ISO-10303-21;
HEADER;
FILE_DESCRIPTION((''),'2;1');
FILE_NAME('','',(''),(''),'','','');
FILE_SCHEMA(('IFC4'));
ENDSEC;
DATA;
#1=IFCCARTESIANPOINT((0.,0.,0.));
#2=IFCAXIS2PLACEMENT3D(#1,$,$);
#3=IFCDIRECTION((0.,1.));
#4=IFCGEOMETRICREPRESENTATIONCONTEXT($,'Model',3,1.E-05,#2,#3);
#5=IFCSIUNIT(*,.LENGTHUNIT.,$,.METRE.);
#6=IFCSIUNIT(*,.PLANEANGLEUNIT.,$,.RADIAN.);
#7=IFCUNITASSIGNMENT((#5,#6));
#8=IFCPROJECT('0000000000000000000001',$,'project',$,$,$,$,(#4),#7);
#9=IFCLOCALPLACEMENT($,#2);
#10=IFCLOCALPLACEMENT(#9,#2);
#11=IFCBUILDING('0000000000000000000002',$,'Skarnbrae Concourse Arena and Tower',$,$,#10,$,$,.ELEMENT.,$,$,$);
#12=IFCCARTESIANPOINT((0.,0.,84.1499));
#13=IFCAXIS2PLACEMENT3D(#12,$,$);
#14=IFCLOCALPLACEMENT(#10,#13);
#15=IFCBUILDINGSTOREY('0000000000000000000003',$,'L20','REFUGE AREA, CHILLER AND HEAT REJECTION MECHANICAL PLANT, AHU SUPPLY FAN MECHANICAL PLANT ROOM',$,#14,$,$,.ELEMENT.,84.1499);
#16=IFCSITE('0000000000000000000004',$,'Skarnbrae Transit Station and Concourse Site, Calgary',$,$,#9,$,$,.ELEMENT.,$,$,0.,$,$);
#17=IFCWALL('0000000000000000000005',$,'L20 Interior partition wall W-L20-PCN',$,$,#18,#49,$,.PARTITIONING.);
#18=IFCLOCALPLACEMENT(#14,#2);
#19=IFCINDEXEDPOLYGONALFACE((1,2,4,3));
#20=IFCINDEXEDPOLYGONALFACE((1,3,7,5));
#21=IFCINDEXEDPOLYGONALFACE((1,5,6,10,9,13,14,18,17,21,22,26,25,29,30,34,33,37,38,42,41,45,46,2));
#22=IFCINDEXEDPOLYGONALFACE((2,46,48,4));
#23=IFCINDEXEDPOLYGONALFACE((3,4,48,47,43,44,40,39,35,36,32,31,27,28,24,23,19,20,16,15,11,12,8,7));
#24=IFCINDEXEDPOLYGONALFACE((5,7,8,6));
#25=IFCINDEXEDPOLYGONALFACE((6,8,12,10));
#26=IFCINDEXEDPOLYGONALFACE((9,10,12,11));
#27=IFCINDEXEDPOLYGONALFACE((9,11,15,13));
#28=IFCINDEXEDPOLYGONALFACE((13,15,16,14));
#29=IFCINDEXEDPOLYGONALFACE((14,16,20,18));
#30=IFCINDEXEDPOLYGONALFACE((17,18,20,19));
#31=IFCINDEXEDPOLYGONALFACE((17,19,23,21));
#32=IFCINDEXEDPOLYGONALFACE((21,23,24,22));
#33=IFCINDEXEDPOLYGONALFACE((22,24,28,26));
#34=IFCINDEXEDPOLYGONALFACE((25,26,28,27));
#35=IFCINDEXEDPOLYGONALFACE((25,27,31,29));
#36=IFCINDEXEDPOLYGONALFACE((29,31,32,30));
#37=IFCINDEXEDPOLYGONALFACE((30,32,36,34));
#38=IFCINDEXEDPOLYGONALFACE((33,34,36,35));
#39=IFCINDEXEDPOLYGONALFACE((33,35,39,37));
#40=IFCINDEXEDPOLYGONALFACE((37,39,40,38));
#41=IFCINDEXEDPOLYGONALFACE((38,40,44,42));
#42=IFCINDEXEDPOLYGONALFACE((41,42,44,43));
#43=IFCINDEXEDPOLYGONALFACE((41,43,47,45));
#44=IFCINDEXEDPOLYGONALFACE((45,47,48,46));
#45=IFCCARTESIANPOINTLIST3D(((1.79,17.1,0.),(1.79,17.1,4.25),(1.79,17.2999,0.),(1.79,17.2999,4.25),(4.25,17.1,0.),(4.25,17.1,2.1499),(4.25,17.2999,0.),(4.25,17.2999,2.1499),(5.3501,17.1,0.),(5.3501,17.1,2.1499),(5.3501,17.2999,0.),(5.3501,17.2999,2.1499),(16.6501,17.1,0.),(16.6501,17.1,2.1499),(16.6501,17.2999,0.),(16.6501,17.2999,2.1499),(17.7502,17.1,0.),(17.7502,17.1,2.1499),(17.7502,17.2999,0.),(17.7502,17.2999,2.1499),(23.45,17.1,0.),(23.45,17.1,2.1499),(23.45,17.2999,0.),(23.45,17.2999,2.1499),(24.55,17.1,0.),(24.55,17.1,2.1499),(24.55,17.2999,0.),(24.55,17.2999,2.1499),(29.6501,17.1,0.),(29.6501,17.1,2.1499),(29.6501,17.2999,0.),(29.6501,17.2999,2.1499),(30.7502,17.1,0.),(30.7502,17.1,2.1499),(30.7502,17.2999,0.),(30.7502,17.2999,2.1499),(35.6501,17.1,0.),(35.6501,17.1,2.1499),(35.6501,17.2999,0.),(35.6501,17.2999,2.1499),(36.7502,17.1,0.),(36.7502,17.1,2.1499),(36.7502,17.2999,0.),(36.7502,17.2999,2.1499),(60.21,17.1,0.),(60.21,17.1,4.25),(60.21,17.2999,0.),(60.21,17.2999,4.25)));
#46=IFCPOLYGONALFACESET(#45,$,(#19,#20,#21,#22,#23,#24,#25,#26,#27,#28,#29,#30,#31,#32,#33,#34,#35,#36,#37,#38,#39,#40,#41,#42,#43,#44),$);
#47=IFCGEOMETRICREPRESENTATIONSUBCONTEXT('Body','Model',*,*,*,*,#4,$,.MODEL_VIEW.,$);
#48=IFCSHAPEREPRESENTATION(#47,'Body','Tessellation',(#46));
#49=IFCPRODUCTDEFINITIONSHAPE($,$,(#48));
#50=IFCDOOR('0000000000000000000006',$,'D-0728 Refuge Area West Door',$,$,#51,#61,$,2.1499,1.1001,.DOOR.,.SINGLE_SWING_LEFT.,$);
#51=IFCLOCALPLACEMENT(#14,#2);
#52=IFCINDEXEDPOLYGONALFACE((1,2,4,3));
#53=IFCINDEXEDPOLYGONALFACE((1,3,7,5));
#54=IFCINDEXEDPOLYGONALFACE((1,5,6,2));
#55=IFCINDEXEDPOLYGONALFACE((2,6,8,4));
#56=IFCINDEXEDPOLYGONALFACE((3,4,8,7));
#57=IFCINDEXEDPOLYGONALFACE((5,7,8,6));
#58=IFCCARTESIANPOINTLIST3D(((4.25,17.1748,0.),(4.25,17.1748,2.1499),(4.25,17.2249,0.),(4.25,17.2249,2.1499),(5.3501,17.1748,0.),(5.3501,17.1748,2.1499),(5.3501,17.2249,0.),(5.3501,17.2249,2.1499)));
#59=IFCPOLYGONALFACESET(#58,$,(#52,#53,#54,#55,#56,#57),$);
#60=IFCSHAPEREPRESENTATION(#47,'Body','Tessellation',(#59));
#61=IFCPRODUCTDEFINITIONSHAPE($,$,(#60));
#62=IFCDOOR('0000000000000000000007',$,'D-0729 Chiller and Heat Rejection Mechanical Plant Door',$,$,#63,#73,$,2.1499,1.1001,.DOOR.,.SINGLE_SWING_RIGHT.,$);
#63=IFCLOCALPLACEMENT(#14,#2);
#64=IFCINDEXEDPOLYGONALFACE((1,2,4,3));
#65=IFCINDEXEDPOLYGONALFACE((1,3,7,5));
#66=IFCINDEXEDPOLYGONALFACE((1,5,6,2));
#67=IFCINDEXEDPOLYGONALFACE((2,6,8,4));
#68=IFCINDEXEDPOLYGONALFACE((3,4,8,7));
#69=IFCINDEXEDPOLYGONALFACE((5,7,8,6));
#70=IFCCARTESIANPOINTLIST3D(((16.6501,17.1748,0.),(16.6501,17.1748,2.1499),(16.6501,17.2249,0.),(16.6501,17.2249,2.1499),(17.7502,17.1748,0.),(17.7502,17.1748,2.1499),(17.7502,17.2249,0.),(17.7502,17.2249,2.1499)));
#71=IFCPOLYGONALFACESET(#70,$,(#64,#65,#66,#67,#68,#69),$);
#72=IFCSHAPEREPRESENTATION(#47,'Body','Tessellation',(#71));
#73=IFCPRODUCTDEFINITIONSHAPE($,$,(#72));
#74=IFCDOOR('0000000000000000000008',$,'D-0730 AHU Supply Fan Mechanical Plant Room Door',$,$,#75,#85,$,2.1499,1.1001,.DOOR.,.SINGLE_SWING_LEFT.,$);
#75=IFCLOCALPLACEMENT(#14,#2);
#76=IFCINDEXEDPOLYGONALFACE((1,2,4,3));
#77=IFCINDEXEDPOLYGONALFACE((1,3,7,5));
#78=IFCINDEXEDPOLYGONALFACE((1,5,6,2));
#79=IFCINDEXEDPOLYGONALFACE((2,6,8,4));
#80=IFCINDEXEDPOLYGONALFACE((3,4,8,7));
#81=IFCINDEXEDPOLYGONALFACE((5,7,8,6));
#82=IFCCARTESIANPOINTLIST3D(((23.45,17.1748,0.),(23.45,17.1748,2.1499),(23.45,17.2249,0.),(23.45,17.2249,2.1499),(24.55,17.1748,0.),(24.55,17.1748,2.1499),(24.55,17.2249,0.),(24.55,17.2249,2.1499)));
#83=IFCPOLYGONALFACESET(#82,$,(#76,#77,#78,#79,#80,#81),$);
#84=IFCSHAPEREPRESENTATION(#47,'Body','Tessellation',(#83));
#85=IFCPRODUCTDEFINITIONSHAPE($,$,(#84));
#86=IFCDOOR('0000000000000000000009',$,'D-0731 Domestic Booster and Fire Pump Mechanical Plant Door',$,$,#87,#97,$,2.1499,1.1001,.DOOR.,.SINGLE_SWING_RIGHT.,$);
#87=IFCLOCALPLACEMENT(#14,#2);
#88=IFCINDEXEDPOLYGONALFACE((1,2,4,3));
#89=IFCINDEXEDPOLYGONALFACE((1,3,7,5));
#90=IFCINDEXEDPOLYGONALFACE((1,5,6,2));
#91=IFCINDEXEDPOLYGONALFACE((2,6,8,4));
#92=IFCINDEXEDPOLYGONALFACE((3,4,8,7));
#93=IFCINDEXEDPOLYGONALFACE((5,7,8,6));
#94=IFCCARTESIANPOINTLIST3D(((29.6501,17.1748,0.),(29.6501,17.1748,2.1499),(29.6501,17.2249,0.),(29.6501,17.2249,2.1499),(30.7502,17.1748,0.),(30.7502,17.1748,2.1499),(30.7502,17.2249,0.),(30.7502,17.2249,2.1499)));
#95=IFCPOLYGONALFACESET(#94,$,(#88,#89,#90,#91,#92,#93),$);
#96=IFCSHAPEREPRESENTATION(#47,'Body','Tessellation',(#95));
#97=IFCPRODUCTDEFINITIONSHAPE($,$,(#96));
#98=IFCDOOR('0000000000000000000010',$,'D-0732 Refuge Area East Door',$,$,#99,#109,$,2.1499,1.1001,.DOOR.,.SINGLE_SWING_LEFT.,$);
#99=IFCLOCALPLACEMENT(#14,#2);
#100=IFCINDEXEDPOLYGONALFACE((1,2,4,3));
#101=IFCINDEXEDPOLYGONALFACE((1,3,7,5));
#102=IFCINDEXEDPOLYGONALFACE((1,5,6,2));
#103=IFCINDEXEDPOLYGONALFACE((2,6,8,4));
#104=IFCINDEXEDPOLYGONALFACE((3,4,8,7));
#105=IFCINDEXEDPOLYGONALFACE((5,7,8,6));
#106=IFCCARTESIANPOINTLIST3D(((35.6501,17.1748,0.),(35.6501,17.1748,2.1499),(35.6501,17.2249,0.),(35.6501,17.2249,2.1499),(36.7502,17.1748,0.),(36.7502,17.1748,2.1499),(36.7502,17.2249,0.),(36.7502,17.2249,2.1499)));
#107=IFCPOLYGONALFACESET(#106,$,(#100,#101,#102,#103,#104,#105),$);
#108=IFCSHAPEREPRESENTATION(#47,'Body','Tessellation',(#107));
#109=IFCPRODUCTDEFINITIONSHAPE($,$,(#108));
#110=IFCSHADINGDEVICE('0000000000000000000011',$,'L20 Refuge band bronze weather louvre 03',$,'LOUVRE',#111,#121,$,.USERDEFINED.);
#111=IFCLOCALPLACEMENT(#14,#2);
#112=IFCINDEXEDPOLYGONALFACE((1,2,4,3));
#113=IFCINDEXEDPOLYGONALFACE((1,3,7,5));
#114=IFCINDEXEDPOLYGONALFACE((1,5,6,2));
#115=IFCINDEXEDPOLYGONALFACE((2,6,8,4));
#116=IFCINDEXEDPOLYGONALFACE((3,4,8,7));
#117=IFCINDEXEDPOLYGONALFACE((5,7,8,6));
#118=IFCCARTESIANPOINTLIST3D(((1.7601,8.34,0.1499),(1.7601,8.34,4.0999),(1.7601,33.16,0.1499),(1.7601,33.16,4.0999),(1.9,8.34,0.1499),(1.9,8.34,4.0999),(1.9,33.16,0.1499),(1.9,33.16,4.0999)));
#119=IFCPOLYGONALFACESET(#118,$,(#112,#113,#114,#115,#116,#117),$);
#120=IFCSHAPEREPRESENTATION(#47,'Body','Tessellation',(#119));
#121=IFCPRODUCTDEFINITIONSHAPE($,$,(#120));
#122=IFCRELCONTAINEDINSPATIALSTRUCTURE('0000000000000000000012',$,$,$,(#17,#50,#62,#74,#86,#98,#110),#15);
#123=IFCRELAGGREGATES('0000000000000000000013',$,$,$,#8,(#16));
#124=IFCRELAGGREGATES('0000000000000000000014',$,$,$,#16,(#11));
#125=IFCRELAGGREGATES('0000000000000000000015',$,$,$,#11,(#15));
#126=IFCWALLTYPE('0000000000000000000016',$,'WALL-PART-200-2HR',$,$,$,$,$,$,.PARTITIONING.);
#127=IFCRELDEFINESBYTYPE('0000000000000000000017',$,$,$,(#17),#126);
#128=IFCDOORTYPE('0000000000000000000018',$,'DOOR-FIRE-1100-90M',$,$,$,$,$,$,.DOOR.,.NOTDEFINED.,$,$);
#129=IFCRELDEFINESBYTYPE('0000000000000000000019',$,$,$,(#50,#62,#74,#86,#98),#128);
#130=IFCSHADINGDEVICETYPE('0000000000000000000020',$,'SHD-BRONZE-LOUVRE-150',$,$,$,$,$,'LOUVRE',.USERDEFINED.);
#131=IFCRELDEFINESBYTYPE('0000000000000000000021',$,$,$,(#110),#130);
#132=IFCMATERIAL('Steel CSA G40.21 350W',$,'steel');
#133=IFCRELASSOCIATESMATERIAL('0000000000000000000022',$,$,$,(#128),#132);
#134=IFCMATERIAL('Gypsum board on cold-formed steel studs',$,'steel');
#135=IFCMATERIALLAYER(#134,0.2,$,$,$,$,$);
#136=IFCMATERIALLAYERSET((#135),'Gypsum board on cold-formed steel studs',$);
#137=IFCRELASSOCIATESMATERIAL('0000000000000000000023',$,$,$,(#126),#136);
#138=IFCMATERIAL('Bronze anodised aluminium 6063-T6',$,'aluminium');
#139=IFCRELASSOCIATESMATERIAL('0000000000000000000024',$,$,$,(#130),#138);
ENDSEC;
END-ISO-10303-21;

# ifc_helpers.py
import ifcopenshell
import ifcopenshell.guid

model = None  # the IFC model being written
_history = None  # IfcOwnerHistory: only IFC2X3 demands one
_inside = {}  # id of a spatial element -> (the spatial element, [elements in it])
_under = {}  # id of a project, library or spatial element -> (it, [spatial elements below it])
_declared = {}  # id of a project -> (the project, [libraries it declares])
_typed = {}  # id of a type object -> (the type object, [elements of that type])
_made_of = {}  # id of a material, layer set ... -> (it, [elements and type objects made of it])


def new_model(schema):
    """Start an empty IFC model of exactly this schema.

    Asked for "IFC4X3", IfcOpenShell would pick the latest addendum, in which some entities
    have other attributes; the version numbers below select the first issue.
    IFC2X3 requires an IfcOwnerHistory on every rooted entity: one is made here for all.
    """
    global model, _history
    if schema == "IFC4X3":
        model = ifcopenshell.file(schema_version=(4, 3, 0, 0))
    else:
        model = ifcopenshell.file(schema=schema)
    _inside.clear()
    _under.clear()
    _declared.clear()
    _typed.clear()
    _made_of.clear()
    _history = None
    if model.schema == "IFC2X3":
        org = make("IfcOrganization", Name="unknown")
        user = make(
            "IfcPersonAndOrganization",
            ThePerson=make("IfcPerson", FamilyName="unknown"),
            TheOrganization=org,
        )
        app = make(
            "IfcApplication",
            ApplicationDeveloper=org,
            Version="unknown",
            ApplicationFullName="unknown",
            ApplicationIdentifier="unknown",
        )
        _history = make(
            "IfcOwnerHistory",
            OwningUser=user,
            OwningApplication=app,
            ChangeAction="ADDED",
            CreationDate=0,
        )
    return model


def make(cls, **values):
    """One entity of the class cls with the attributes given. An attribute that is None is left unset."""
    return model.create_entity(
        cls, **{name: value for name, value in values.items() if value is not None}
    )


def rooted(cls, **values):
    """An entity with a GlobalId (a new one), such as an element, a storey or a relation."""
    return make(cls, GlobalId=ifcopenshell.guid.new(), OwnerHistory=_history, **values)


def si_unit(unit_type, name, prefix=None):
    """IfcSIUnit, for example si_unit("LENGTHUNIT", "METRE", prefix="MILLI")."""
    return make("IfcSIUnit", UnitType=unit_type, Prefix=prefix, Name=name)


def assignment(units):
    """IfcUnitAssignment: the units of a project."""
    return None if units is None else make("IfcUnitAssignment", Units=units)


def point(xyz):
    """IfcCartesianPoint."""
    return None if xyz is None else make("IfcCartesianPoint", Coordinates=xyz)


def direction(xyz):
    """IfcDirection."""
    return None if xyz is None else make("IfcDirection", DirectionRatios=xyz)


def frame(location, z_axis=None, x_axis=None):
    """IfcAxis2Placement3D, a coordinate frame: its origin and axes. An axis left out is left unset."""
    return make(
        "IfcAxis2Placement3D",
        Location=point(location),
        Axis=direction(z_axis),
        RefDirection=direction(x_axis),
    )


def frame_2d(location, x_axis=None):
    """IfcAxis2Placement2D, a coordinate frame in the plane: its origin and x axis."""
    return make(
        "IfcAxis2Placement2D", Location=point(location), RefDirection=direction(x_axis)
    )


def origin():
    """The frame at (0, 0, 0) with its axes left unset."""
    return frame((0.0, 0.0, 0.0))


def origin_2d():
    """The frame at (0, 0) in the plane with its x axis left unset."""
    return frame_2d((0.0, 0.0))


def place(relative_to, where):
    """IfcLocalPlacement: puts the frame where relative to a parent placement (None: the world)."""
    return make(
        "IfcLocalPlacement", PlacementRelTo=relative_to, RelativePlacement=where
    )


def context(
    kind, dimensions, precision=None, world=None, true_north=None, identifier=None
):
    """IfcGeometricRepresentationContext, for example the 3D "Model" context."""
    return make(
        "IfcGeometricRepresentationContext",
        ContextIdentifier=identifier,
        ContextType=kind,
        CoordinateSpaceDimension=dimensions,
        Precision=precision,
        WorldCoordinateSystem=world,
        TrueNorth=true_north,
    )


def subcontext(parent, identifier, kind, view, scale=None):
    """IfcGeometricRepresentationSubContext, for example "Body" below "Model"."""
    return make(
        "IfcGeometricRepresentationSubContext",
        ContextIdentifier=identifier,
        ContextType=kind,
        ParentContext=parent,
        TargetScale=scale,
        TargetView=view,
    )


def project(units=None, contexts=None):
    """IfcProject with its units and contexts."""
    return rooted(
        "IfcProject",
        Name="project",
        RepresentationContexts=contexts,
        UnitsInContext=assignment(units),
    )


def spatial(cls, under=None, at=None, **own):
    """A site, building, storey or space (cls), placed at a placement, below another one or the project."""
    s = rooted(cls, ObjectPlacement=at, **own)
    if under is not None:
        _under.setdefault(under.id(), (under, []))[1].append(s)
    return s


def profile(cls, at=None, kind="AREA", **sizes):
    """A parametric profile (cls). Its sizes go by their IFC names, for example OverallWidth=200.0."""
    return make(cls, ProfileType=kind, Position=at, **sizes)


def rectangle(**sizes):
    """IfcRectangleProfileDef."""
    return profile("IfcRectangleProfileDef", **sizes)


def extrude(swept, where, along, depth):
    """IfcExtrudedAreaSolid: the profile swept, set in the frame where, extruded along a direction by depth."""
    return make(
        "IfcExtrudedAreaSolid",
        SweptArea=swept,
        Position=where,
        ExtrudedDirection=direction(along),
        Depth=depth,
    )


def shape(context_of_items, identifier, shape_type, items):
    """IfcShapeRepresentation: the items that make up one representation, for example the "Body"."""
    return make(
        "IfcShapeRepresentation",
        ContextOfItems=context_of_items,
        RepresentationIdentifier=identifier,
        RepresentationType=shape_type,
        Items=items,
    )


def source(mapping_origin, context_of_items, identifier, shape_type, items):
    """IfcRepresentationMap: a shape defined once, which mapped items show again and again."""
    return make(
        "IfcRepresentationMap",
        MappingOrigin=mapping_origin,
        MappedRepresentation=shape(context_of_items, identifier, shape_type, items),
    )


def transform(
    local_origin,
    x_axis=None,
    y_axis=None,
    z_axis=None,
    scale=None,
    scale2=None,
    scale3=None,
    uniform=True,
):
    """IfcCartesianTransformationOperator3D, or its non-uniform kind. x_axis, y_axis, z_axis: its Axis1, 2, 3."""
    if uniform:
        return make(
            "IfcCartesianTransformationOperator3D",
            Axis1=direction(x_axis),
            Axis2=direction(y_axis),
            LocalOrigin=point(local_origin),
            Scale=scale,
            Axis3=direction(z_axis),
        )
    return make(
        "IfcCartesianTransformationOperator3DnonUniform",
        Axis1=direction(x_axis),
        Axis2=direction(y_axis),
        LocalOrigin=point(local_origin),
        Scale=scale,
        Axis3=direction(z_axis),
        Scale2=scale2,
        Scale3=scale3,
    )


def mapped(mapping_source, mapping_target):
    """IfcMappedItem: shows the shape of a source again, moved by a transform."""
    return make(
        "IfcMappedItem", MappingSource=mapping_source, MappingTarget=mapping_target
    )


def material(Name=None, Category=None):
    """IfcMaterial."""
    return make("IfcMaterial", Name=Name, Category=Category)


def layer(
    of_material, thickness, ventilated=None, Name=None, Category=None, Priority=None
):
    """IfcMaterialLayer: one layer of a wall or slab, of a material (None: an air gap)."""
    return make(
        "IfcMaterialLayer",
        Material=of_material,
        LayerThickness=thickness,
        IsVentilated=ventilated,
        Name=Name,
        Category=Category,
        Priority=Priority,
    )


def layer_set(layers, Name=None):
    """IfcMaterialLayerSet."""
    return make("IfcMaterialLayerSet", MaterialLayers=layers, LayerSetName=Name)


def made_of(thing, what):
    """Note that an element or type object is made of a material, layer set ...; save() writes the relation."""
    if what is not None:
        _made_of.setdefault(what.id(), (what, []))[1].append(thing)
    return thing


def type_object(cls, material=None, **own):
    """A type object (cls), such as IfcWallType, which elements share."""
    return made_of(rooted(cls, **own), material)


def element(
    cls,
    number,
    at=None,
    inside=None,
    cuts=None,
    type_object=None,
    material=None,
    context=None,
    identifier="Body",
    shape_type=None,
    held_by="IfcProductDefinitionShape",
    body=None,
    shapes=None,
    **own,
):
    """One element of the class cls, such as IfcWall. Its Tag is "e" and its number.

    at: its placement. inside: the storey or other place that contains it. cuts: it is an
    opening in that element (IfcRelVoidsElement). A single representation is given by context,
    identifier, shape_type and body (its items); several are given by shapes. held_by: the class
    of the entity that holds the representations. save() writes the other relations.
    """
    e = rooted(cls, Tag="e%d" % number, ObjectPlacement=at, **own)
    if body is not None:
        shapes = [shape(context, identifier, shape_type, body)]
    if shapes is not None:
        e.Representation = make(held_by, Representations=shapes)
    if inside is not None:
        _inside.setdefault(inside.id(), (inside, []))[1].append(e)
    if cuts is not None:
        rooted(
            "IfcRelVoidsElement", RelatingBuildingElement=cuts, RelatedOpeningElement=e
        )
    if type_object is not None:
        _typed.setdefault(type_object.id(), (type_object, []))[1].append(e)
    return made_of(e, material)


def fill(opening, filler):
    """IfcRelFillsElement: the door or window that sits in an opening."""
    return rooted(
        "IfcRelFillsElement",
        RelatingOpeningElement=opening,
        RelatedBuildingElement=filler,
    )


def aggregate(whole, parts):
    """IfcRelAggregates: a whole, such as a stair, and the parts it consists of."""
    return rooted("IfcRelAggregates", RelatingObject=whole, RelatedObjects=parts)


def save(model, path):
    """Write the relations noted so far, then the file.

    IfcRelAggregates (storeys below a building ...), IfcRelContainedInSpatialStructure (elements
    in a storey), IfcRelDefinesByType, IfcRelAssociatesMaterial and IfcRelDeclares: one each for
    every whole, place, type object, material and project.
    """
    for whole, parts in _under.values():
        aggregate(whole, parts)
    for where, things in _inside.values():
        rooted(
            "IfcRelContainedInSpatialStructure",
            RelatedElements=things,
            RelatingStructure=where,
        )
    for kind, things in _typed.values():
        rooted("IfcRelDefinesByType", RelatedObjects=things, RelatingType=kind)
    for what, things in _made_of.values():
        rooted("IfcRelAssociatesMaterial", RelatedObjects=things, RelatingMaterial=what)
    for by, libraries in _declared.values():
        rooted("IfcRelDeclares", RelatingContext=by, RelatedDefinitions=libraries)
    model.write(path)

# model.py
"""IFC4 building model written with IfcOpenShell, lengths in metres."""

from ifc_helpers import new_model, si_unit, direction, frame, frame_2d, origin, origin_2d, place, context, subcontext, project, spatial, rectangle, extrude, source, transform, mapped, material, layer, layer_set, type_object, element, fill, save


model = new_model("IFC4")

# Units and contexts
model_context = context("Model", 3, precision=1e-05, world=origin(), true_north=direction((0.0, 1.0)))
body_context = subcontext(model_context, "Body", "Model", "MODEL_VIEW")
ifc_project = project(units=[si_unit("LENGTHUNIT", "METRE"), si_unit("PLANEANGLEUNIT", "RADIAN")], contexts=[model_context])

# Site, building, storey
site_placement = place(None, origin())
site = spatial("IfcSite", under=ifc_project, at=site_placement, Name="Skarnbrae Transit Station and Concourse Site, Calgary", CompositionType="ELEMENT", RefElevation=0.0)
building_placement = place(site_placement, origin())
building = spatial("IfcBuilding", under=site, at=building_placement, Name="Skarnbrae Concourse Arena and Tower", CompositionType="ELEMENT")
storey_placement = place(building_placement, frame((0.0, 0.0, 84.1499)))
storey = spatial("IfcBuildingStorey", under=building, at=storey_placement, Name="L20", Description="REFUGE AREA, CHILLER AND HEAT REJECTION MECHANICAL PLANT, AHU SUPPLY FAN MECHANICAL PLANT ROOM", CompositionType="ELEMENT", Elevation=84.1499)

# Shared definitions
ifc_material_1 = material(Name="Steel CSA G40.21 350W", Category="steel")

# Shared definitions
door_type_1 = type_object("IfcDoorType", Name="DOOR-FIRE-1100-90M", OperationType="NOTDEFINED", PredefinedType="DOOR", material=ifc_material_1)
shared_shape_1 = source(origin(), body_context, "Body", "SweptSolid", [
    extrude(rectangle(XDim=1.1001, YDim=2.1499, at=frame_2d((0.55, 1.075))), frame((0.0, 0.0249, 0.0), z_axis=(0.0, -1.0, 0.0), x_axis=(1.0, 0.0, 0.0)), (0.0, 0.0, 1.0), 0.05),
])
ifc_material_2 = material(Name="Gypsum board on cold-formed steel studs", Category="steel")
ifc_layer_1 = layer(ifc_material_2, 0.2)
ifc_layer_set_1 = layer_set([ifc_layer_1], Name="Gypsum board on cold-formed steel studs")
wall_type_1 = type_object("IfcWallType", Name="WALL-PART-200-2HR", PredefinedType="PARTITIONING", material=ifc_layer_set_1)

# Wall, openings, doors
shared_shape_2 = source(origin(), body_context, "Body", "SweptSolid", [
    extrude(rectangle(XDim=58.4199, YDim=0.2, at=frame_2d((29.21, 0.0))), origin(), (0.0, 0.0, 1.0), 4.25),
])
wall_1_placement = place(storey_placement, frame((1.79, 17.2, 0.0), z_axis=(0.0, 0.0, 1.0), x_axis=(1.0, 0.0, 0.0)))
wall_1 = element("IfcWall", 1, at=wall_1_placement, inside=storey, type_object=wall_type_1, Name="L20 Interior partition wall W-L20-PCN", PredefinedType="PARTITIONING", context=body_context, shape_type="MappedRepresentation", body=[
    mapped(shared_shape_2, transform((0.0, 0.0, 0.0))),
])
opening_1_placement = place(wall_1_placement, frame((2.46, 0.0, 0.0)))
opening_1 = element("IfcOpeningElement", 2, at=opening_1_placement, cuts=wall_1, PredefinedType="OPENING", context=body_context, shape_type="SweptSolid", body=[
    extrude(rectangle(XDim=1.1001, YDim=2.1499, at=frame_2d((0.55, 1.075))), frame((0.0, 0.1099, 0.0), z_axis=(0.0, -1.0, 0.0), x_axis=(1.0, 0.0, 0.0)), (0.0, 0.0, 1.0), 0.22),
])
opening_2_placement = place(wall_1_placement, frame((14.8601, 0.0, 0.0)))
opening_2 = element("IfcOpeningElement", 3, at=opening_2_placement, cuts=wall_1, PredefinedType="OPENING", context=body_context, shape_type="SweptSolid", body=[
    extrude(rectangle(XDim=1.1001, YDim=2.1499, at=frame_2d((0.55, 1.075))), frame((0.0, 0.1099, 0.0), z_axis=(0.0, -1.0, 0.0), x_axis=(1.0, 0.0, 0.0)), (0.0, 0.0, 1.0), 0.22),
])
opening_3_placement = place(wall_1_placement, frame((21.6599, 0.0, 0.0)))
opening_3 = element("IfcOpeningElement", 4, at=opening_3_placement, cuts=wall_1, PredefinedType="OPENING", context=body_context, shape_type="SweptSolid", body=[
    extrude(rectangle(XDim=1.1001, YDim=2.1499, at=frame_2d((0.55, 1.075))), frame((0.0, 0.1099, 0.0), z_axis=(0.0, -1.0, 0.0), x_axis=(1.0, 0.0, 0.0)), (0.0, 0.0, 1.0), 0.22),
])
opening_4_placement = place(wall_1_placement, frame((27.8601, 0.0, 0.0)))
opening_4 = element("IfcOpeningElement", 5, at=opening_4_placement, cuts=wall_1, PredefinedType="OPENING", context=body_context, shape_type="SweptSolid", body=[
    extrude(rectangle(XDim=1.1001, YDim=2.1499, at=frame_2d((0.55, 1.075))), frame((0.0, 0.1099, 0.0), z_axis=(0.0, -1.0, 0.0), x_axis=(1.0, 0.0, 0.0)), (0.0, 0.0, 1.0), 0.22),
])
opening_5_placement = place(wall_1_placement, frame((33.8601, 0.0, 0.0)))
opening_5 = element("IfcOpeningElement", 6, at=opening_5_placement, cuts=wall_1, PredefinedType="OPENING", context=body_context, shape_type="SweptSolid", body=[
    extrude(rectangle(XDim=1.1001, YDim=2.1499, at=frame_2d((0.55, 1.075))), frame((0.0, 0.1099, 0.0), z_axis=(0.0, -1.0, 0.0), x_axis=(1.0, 0.0, 0.0)), (0.0, 0.0, 1.0), 0.22),
])
door_1_placement = place(opening_1_placement, origin())
door_1 = element("IfcDoor", 7, at=door_1_placement, inside=storey, type_object=door_type_1, Name="D-0728 Refuge Area West Door", OperationType="SINGLE_SWING_LEFT", OverallHeight=2.1499, OverallWidth=1.1001, PredefinedType="DOOR", context=body_context, shape_type="MappedRepresentation", body=[
    mapped(shared_shape_1, transform((0.0, 0.0, 0.0))),
])
fill(opening_1, door_1)
door_2_placement = place(opening_2_placement, origin())
door_2 = element("IfcDoor", 8, at=door_2_placement, inside=storey, type_object=door_type_1, Name="D-0729 Chiller and Heat Rejection Mechanical Plant Door", OperationType="SINGLE_SWING_RIGHT", OverallHeight=2.1499, OverallWidth=1.1001, PredefinedType="DOOR", context=body_context, shape_type="MappedRepresentation", body=[
    mapped(shared_shape_1, transform((0.0, 0.0, 0.0))),
])
fill(opening_2, door_2)
door_3_placement = place(opening_3_placement, origin())
door_3 = element("IfcDoor", 9, at=door_3_placement, inside=storey, type_object=door_type_1, Name="D-0730 AHU Supply Fan Mechanical Plant Room Door", OperationType="SINGLE_SWING_LEFT", OverallHeight=2.1499, OverallWidth=1.1001, PredefinedType="DOOR", context=body_context, shape_type="MappedRepresentation", body=[
    mapped(shared_shape_1, transform((0.0, 0.0, 0.0))),
])
fill(opening_3, door_3)
door_4_placement = place(opening_4_placement, origin())
door_4 = element("IfcDoor", 10, at=door_4_placement, inside=storey, type_object=door_type_1, Name="D-0731 Domestic Booster and Fire Pump Mechanical Plant Door", OperationType="SINGLE_SWING_RIGHT", OverallHeight=2.1499, OverallWidth=1.1001, PredefinedType="DOOR", context=body_context, shape_type="MappedRepresentation", body=[
    mapped(shared_shape_1, transform((0.0, 0.0, 0.0))),
])
fill(opening_4, door_4)
door_5_placement = place(opening_5_placement, origin())
door_5 = element("IfcDoor", 11, at=door_5_placement, inside=storey, type_object=door_type_1, Name="D-0732 Refuge Area East Door", OperationType="SINGLE_SWING_LEFT", OverallHeight=2.1499, OverallWidth=1.1001, PredefinedType="DOOR", context=body_context, shape_type="MappedRepresentation", body=[
    mapped(shared_shape_1, transform((0.0, 0.0, 0.0))),
])
fill(opening_5, door_5)

# Shading device
ifc_material_3 = material(Name="Bronze anodised aluminium 6063-T6", Category="aluminium")
shading_device_type = type_object("IfcShadingDeviceType", Name="SHD-BRONZE-LOUVRE-150", ElementType="LOUVRE", PredefinedType="USERDEFINED", material=ifc_material_3)
shared_shape_3 = source(origin(), body_context, "Body", "SweptSolid", [
    extrude(rectangle(XDim=24.8201, YDim=0.1399, at=origin_2d()), origin(), (0.0, 0.0, 1.0), 3.95),
])
shading_device_placement = place(storey_placement, frame((1.8301, 20.75, 0.1499), z_axis=(0.0, 0.0, 1.0), x_axis=(0.0, 1.0, 0.0)))
element("IfcShadingDevice", 12, at=shading_device_placement, inside=storey, type_object=shading_device_type, Name="L20 Refuge band bronze weather louvre 03", ObjectType="LOUVRE", PredefinedType="USERDEFINED", context=body_context, shape_type="MappedRepresentation", body=[
    mapped(shared_shape_3, transform((0.0, 0.0, 0.0))),
])

save(model, "model.ifc")
